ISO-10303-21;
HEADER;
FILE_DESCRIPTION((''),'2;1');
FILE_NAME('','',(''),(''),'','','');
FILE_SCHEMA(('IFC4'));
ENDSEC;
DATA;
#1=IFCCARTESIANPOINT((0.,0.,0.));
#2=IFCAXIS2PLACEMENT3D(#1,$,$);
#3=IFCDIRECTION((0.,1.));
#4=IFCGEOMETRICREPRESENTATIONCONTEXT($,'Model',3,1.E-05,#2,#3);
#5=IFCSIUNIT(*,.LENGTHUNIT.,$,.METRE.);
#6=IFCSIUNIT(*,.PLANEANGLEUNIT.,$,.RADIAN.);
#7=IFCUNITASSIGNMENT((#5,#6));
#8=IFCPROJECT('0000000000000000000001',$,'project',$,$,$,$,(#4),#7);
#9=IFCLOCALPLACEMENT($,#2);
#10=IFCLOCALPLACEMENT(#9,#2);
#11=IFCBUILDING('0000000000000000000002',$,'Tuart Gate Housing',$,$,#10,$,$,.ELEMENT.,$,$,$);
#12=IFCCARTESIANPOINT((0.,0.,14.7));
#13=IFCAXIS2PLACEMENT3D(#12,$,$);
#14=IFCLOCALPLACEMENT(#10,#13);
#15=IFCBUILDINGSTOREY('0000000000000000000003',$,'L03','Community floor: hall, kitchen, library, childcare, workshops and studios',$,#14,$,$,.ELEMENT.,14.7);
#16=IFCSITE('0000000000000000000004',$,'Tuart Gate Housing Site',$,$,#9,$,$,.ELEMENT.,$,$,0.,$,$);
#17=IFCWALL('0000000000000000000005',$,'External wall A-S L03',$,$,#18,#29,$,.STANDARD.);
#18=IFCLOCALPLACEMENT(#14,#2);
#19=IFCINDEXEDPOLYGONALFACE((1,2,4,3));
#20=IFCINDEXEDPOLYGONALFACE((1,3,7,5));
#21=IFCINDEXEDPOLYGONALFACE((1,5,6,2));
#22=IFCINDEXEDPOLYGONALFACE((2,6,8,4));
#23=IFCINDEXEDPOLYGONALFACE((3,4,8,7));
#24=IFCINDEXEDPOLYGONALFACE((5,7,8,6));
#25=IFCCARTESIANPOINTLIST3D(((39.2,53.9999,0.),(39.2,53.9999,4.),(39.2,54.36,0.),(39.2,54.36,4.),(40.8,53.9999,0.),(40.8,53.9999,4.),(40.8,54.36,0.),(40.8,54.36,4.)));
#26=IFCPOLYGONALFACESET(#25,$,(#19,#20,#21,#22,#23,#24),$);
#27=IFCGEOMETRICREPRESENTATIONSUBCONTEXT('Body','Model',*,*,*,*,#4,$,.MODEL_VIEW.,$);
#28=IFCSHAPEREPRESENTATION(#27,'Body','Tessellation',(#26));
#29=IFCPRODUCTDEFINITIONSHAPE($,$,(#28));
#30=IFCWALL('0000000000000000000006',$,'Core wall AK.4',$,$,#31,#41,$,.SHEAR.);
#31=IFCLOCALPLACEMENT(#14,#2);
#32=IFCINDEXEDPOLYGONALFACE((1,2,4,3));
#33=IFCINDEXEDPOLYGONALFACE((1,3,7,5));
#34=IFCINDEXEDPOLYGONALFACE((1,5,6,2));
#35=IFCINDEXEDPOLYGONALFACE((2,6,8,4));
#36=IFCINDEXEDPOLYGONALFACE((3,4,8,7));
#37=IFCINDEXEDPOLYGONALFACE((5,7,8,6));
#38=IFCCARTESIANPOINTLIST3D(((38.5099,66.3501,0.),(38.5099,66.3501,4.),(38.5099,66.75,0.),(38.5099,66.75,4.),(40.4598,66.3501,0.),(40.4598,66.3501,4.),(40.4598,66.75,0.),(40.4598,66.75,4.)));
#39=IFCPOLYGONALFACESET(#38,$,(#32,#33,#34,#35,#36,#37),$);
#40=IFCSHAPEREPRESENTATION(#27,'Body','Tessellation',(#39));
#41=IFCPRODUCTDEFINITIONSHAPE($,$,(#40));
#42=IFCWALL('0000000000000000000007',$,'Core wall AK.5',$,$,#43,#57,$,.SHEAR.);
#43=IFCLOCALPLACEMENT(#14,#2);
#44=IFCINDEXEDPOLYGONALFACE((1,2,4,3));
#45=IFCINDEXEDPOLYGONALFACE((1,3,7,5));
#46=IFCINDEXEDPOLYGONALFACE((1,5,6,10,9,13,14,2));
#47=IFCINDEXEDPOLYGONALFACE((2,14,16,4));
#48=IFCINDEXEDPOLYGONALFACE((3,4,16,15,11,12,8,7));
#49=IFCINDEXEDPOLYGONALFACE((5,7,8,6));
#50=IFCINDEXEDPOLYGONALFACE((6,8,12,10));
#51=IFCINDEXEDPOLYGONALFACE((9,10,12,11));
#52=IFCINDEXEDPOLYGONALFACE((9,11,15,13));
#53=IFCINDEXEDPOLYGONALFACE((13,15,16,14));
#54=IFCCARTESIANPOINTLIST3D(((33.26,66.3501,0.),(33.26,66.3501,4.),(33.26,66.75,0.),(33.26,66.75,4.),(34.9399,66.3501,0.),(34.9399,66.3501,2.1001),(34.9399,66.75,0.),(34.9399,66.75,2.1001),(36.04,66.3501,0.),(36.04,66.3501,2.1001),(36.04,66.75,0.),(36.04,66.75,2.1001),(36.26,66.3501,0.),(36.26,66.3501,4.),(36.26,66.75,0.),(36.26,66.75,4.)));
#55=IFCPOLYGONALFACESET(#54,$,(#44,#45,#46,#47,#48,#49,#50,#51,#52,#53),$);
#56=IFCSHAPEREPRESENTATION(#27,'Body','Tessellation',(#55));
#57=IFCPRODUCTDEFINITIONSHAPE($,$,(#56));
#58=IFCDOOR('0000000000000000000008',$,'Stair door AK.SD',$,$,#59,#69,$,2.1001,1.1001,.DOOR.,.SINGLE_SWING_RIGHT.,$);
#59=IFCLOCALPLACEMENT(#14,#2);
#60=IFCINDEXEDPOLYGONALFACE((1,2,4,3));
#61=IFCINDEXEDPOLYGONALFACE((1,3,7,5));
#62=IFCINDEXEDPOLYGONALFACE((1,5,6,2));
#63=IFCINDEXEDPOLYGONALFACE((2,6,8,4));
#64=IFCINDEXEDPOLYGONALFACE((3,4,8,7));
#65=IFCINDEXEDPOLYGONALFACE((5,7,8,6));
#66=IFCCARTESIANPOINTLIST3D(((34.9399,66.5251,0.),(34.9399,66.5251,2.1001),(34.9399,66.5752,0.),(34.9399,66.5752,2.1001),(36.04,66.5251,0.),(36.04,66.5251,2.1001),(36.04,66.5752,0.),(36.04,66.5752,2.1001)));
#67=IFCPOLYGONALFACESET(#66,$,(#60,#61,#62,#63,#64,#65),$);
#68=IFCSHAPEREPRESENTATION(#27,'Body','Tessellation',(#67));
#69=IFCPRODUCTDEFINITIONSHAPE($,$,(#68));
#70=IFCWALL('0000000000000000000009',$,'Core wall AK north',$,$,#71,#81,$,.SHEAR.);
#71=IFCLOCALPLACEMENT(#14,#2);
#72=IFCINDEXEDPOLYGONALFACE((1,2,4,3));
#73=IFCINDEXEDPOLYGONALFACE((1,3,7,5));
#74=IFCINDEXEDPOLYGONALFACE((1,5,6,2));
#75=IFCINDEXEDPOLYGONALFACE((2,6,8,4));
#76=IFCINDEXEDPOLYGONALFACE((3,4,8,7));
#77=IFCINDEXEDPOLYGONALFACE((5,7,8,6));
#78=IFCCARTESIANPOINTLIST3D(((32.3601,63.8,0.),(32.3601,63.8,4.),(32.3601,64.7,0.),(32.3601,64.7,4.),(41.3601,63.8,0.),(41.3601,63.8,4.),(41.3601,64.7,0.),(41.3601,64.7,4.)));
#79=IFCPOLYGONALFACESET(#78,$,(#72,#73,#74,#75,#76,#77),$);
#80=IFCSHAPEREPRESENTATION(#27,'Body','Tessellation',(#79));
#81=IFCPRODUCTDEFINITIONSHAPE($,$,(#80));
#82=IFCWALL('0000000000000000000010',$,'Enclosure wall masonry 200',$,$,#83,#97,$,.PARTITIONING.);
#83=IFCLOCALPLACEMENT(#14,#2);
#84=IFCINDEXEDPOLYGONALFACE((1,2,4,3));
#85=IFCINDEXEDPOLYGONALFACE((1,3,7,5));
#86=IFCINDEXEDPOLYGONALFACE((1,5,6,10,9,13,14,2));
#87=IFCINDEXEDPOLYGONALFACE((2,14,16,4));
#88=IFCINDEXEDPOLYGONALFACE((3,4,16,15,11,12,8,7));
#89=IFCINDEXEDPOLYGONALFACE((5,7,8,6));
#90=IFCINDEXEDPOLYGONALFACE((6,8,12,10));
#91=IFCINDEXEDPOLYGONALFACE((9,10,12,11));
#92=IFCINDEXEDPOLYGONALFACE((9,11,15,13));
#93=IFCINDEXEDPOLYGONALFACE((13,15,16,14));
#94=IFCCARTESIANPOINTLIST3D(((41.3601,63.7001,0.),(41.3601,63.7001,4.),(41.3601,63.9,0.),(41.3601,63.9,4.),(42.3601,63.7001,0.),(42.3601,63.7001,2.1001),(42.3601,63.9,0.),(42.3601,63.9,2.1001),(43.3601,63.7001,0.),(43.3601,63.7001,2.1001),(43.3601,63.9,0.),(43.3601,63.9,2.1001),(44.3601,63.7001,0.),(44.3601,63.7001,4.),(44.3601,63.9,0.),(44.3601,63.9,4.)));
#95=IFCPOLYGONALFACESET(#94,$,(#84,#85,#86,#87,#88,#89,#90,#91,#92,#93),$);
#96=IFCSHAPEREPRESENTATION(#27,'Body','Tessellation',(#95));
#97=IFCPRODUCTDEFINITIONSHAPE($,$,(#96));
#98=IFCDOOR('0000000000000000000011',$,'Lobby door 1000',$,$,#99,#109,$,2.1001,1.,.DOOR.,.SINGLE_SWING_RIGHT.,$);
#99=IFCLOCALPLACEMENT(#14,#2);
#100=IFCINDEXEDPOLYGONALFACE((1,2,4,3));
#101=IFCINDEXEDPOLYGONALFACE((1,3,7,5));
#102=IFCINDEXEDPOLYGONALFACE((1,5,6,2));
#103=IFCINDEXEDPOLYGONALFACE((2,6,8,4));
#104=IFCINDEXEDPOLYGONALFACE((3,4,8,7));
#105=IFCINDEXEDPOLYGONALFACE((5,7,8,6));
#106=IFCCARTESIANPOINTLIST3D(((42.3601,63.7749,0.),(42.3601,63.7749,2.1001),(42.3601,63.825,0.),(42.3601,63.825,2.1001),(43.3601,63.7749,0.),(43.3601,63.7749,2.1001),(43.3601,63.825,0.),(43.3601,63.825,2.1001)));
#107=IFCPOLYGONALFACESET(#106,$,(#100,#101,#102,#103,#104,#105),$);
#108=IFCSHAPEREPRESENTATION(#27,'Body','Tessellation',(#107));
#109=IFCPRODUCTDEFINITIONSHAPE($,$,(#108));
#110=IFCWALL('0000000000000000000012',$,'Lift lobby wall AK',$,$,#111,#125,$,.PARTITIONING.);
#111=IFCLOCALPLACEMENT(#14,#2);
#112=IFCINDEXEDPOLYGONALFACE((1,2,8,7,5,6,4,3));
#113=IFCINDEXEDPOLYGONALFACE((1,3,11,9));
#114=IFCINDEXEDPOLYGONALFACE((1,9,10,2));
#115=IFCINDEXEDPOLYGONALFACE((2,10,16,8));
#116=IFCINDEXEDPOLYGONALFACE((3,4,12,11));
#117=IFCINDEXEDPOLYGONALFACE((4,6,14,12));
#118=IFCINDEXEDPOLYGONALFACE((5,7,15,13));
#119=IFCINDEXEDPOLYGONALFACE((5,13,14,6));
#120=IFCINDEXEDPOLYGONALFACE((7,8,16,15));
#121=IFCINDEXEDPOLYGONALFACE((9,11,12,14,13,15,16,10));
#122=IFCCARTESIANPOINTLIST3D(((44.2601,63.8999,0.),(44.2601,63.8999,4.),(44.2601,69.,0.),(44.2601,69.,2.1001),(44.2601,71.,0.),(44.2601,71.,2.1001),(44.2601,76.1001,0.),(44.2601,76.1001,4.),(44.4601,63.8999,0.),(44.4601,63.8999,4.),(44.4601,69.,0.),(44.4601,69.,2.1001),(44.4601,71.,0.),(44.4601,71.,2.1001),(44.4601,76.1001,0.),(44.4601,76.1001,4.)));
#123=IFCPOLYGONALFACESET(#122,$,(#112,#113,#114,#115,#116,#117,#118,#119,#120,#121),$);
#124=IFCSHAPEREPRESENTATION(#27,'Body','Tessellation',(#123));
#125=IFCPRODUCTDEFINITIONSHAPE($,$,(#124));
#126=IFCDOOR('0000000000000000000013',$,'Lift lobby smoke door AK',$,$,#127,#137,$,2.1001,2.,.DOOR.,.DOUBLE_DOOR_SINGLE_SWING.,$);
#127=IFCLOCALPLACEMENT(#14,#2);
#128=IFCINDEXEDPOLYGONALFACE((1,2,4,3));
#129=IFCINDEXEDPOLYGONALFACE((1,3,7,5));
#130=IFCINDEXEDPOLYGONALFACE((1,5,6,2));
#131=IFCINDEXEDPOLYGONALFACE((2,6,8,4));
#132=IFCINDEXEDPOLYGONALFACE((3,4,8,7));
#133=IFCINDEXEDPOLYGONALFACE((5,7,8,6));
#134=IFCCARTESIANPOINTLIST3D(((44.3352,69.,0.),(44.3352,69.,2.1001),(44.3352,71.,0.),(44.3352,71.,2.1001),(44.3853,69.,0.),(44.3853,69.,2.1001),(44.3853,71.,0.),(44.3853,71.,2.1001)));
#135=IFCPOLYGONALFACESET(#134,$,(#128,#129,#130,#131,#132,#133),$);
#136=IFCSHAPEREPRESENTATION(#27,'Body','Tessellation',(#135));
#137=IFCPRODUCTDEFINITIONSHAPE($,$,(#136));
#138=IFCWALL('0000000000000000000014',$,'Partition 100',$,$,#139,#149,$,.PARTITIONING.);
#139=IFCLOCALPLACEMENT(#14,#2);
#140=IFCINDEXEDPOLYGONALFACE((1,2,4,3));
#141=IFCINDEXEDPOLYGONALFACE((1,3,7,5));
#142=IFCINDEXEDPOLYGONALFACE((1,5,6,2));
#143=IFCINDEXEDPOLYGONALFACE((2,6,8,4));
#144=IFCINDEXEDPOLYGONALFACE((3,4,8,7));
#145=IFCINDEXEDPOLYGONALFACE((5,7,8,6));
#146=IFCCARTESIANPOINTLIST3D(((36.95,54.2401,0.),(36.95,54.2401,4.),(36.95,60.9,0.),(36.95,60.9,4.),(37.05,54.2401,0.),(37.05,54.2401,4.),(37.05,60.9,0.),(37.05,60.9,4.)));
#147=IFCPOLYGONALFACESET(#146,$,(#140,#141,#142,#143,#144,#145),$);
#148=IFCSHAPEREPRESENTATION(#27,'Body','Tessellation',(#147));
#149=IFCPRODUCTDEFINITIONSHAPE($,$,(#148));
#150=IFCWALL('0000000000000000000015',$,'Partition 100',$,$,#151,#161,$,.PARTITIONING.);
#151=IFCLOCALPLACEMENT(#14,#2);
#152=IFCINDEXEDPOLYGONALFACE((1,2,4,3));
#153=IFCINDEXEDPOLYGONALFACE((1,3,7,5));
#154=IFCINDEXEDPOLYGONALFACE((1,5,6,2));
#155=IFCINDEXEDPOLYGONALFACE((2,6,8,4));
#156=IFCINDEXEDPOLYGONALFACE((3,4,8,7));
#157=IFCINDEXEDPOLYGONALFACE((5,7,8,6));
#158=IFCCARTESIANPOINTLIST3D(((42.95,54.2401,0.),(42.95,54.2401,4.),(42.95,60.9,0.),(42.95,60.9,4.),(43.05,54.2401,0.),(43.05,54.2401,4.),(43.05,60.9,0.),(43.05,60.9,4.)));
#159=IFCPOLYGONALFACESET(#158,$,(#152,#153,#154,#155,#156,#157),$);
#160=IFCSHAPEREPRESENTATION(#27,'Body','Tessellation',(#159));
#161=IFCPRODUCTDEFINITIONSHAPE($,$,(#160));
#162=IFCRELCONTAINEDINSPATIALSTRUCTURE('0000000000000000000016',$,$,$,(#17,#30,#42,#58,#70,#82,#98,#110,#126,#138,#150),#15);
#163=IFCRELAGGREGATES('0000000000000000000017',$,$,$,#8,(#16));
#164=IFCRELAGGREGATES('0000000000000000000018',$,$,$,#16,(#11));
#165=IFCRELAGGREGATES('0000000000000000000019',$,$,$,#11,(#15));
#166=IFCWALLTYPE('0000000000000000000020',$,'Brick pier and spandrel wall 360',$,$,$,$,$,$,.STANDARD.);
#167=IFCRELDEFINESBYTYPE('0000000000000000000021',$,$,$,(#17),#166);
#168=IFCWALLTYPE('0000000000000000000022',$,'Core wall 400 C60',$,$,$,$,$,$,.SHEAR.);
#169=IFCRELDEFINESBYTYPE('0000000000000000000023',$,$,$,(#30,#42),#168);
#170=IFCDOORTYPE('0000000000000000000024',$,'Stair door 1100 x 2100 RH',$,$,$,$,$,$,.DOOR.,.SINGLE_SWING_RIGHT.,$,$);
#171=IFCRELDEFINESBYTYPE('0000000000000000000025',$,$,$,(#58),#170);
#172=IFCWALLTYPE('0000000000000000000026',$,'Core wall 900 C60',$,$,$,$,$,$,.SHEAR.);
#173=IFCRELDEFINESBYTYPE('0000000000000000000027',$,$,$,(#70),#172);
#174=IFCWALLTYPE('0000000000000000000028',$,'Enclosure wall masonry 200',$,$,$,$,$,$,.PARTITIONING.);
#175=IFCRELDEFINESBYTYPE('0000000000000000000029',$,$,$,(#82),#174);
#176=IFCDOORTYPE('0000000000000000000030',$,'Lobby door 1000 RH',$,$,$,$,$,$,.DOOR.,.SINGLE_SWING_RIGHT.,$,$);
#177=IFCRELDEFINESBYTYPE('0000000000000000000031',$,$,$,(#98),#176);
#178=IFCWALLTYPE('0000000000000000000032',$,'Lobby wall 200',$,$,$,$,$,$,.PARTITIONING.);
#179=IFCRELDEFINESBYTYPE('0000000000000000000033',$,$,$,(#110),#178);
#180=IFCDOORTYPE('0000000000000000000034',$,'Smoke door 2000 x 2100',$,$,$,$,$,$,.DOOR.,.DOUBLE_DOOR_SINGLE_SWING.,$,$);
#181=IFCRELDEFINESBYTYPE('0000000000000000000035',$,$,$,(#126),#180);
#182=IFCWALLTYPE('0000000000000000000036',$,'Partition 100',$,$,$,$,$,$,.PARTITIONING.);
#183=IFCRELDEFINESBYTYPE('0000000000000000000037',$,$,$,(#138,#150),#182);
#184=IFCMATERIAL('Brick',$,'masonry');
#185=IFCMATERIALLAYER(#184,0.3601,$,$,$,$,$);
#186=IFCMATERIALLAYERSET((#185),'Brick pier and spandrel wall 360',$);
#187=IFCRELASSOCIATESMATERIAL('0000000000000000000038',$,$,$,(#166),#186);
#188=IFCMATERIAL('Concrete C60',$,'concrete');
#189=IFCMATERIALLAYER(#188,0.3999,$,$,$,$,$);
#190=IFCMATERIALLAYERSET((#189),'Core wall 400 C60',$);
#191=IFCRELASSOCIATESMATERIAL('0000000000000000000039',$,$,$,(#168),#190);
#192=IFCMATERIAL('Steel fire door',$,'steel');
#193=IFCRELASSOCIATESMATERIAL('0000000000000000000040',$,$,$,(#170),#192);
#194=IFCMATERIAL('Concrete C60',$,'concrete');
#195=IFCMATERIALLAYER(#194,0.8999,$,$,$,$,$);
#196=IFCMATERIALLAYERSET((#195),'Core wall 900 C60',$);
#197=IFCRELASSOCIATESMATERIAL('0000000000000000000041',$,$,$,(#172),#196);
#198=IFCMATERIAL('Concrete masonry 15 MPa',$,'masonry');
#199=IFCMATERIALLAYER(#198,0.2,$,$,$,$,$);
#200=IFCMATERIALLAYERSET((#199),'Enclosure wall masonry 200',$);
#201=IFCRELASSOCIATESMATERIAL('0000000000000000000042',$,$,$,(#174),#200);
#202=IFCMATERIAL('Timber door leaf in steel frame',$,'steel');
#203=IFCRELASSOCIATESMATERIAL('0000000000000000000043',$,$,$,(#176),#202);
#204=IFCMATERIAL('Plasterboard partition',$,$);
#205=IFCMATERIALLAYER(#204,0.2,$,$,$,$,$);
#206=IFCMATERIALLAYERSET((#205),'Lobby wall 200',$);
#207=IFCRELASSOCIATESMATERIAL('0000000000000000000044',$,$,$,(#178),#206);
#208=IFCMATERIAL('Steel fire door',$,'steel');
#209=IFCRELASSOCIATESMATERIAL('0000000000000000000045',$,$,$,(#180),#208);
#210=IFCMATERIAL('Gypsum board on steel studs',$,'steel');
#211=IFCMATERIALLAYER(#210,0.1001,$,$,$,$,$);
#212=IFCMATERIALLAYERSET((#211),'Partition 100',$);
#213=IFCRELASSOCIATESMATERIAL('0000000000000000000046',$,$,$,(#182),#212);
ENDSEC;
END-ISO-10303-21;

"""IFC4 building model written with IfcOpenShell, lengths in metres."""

from ifc_helpers import new_model, si_unit, direction, frame, frame_2d, origin, place, context, subcontext, project, spatial, rectangle, extrude, material, layer, layer_set, type_object, element, fill, save


model = new_model("IFC4")

# Units and contexts
model_context = context("Model", 3, precision=1e-05, world=origin(), true_north=direction((0.0, 1.0)))
body_context = subcontext(model_context, "Body", "Model", "MODEL_VIEW")
ifc_project = project(units=[si_unit("LENGTHUNIT", "METRE"), si_unit("PLANEANGLEUNIT", "RADIAN")], contexts=[model_context])

# Site, building, storey
site_placement = place(None, origin())
site = spatial("IfcSite", under=ifc_project, at=site_placement, Name="Tuart Gate Housing Site", CompositionType="ELEMENT", RefElevation=0.0)
building_placement = place(site_placement, origin())
building = spatial("IfcBuilding", under=site, at=building_placement, Name="Tuart Gate Housing", CompositionType="ELEMENT")
storey_placement = place(building_placement, frame((0.0, 0.0, 14.7)))
storey = spatial("IfcBuildingStorey", under=building, at=storey_placement, Name="L03", Description="Community floor: hall, kitchen, library, childcare, workshops and studios", CompositionType="ELEMENT", Elevation=14.7)

# Walls
ifc_material_1 = material(Name="Brick", Category="masonry")
ifc_layer_1 = layer(ifc_material_1, 0.3601)
ifc_layer_set_1 = layer_set([ifc_layer_1], Name="Brick pier and spandrel wall 360")
wall_type_1 = type_object("IfcWallType", Name="Brick pier and spandrel wall 360", PredefinedType="STANDARD", material=ifc_layer_set_1)
wall_1_placement = place(storey_placement, frame((39.2, 54.1799, 0.0), z_axis=(0.0, 0.0, 1.0), x_axis=(1.0, 0.0, 0.0)))
element("IfcWall", 1, at=wall_1_placement, inside=storey, type_object=wall_type_1, Name="External wall A-S L03", PredefinedType="STANDARD", context=body_context, shape_type="SweptSolid", body=[
    extrude(rectangle(XDim=1.6001, YDim=0.3601, at=frame_2d((0.8, 0.0))), origin(), (0.0, 0.0, 1.0), 4.0),
])
ifc_material_2 = material(Name="Concrete C60", Category="concrete")
ifc_layer_2 = layer(ifc_material_2, 0.3999)
ifc_layer_set_2 = layer_set([ifc_layer_2], Name="Core wall 400 C60")
wall_type_2 = type_object("IfcWallType", Name="Core wall 400 C60", PredefinedType="SHEAR", material=ifc_layer_set_2)
wall_2_placement = place(storey_placement, frame((40.46, 66.55, 0.0), z_axis=(0.0, 0.0, 1.0), x_axis=(-1.0, 0.0, 0.0)))
element("IfcWall", 2, at=wall_2_placement, inside=storey, type_object=wall_type_2, Name="Core wall AK.4", PredefinedType="SHEAR", context=body_context, shape_type="SweptSolid", body=[
    extrude(rectangle(XDim=1.95, YDim=0.3999, at=frame_2d((0.9751, 0.0))), origin(), (0.0, 0.0, 1.0), 4.0),
])

# Wall, opening, door
wall_3_placement = place(storey_placement, frame((36.26, 66.55, 0.0), z_axis=(0.0, 0.0, 1.0), x_axis=(-1.0, 0.0, 0.0)))
wall_3 = element("IfcWall", 3, at=wall_3_placement, inside=storey, type_object=wall_type_2, Name="Core wall AK.5", PredefinedType="SHEAR", context=body_context, shape_type="SweptSolid", body=[
    extrude(rectangle(XDim=3.0, YDim=0.3999, at=frame_2d((1.5, 0.0))), origin(), (0.0, 0.0, 1.0), 4.0),
])
opening_1_placement = place(wall_3_placement, frame((0.22, 0.0, 0.0)))
opening_1 = element("IfcOpeningElement", 4, at=opening_1_placement, cuts=wall_3, PredefinedType="OPENING", context=body_context, shape_type="SweptSolid", body=[
    extrude(rectangle(XDim=1.1001, YDim=2.1001, at=frame_2d((0.55, 1.05))), frame((0.0, 0.21, 0.0), z_axis=(0.0, -1.0, 0.0), x_axis=(1.0, 0.0, 0.0)), (0.0, 0.0, 1.0), 0.4199),
])
ifc_material_3 = material(Name="Steel fire door", Category="steel")
door_type_1 = type_object("IfcDoorType", Name="Stair door 1100 x 2100 RH", OperationType="SINGLE_SWING_RIGHT", PredefinedType="DOOR", material=ifc_material_3)
door_1_placement = place(opening_1_placement, frame((1.1001, 0.0, 0.0), z_axis=(0.0, 0.0, 1.0), x_axis=(-1.0, 0.0, 0.0)))
door_1 = element("IfcDoor", 5, at=door_1_placement, inside=storey, type_object=door_type_1, Name="Stair door AK.SD", OperationType="SINGLE_SWING_RIGHT", OverallHeight=2.1001, OverallWidth=1.1001, PredefinedType="DOOR", context=body_context, shape_type="SweptSolid", body=[
    extrude(rectangle(XDim=1.1001, YDim=2.1001, at=frame_2d((0.55, 1.05))), frame((0.0, 0.0251, 0.0), z_axis=(0.0, -1.0, 0.0), x_axis=(1.0, 0.0, 0.0)), (0.0, 0.0, 1.0), 0.05),
])
fill(opening_1, door_1)

# Wall
ifc_material_4 = material(Name="Concrete C60", Category="concrete")
ifc_layer_3 = layer(ifc_material_4, 0.8999)
ifc_layer_set_3 = layer_set([ifc_layer_3], Name="Core wall 900 C60")
wall_type_3 = type_object("IfcWallType", Name="Core wall 900 C60", PredefinedType="SHEAR", material=ifc_layer_set_3)
wall_4_placement = place(storey_placement, frame((41.3601, 64.25, 0.0), z_axis=(0.0, 0.0, 1.0), x_axis=(-1.0, 0.0, 0.0)))
element("IfcWall", 6, at=wall_4_placement, inside=storey, type_object=wall_type_3, Name="Core wall AK north", PredefinedType="SHEAR", context=body_context, shape_type="SweptSolid", body=[
    extrude(rectangle(XDim=9.0, YDim=0.8999, at=frame_2d((4.5, 0.0))), origin(), (0.0, 0.0, 1.0), 4.0),
])

# Walls, openings, doors
ifc_material_5 = material(Name="Concrete masonry 15 MPa", Category="masonry")
ifc_layer_4 = layer(ifc_material_5, 0.2)
ifc_layer_set_4 = layer_set([ifc_layer_4], Name="Enclosure wall masonry 200")
wall_type_4 = type_object("IfcWallType", Name="Enclosure wall masonry 200", PredefinedType="PARTITIONING", material=ifc_layer_set_4)
wall_5_placement = place(storey_placement, frame((41.3601, 63.8, 0.0), z_axis=(0.0, 0.0, 1.0), x_axis=(1.0, 0.0, 0.0)))
wall_5 = element("IfcWall", 7, at=wall_5_placement, inside=storey, type_object=wall_type_4, Name="Enclosure wall masonry 200", PredefinedType="PARTITIONING", context=body_context, shape_type="SweptSolid", body=[
    extrude(rectangle(XDim=3.0, YDim=0.2, at=frame_2d((1.5, 0.0))), origin(), (0.0, 0.0, 1.0), 4.0),
])
opening_2_placement = place(wall_5_placement, frame((1.0, 0.0, 0.0)))
opening_2 = element("IfcOpeningElement", 8, at=opening_2_placement, cuts=wall_5, PredefinedType="OPENING", context=body_context, shape_type="SweptSolid", body=[
    extrude(rectangle(XDim=1.0, YDim=2.1001, at=frame_2d((0.5, 1.05))), frame((0.0, 0.1099, 0.0), z_axis=(0.0, -1.0, 0.0), x_axis=(1.0, 0.0, 0.0)), (0.0, 0.0, 1.0), 0.22),
])
ifc_material_6 = material(Name="Timber door leaf in steel frame", Category="steel")
door_type_2 = type_object("IfcDoorType", Name="Lobby door 1000 RH", OperationType="SINGLE_SWING_RIGHT", PredefinedType="DOOR", material=ifc_material_6)
door_2_placement = place(opening_2_placement, origin())
door_2 = element("IfcDoor", 9, at=door_2_placement, inside=storey, type_object=door_type_2, Name="Lobby door 1000", OperationType="SINGLE_SWING_RIGHT", OverallHeight=2.1001, OverallWidth=1.0, PredefinedType="DOOR", context=body_context, shape_type="SweptSolid", body=[
    extrude(rectangle(XDim=1.0, YDim=2.1001, at=frame_2d((0.5, 1.05))), frame((0.0, 0.0249, 0.0), z_axis=(0.0, -1.0, 0.0), x_axis=(1.0, 0.0, 0.0)), (0.0, 0.0, 1.0), 0.05),
])
fill(opening_2, door_2)
ifc_material_7 = material(Name="Plasterboard partition")
ifc_layer_5 = layer(ifc_material_7, 0.2)
ifc_layer_set_5 = layer_set([ifc_layer_5], Name="Lobby wall 200")
wall_type_5 = type_object("IfcWallType", Name="Lobby wall 200", PredefinedType="PARTITIONING", material=ifc_layer_set_5)
wall_6_placement = place(storey_placement, frame((44.3601, 63.8999, 0.0), z_axis=(0.0, 0.0, 1.0), x_axis=(0.0, 1.0, 0.0)))
wall_6 = element("IfcWall", 10, at=wall_6_placement, inside=storey, type_object=wall_type_5, Name="Lift lobby wall AK", PredefinedType="PARTITIONING", context=body_context, shape_type="SweptSolid", body=[
    extrude(rectangle(XDim=12.2002, YDim=0.2, at=frame_2d((6.1001, 0.0))), origin(), (0.0, 0.0, 1.0), 4.0),
])
opening_3_placement = place(wall_6_placement, frame((5.1001, 0.0, 0.0)))
opening_3 = element("IfcOpeningElement", 11, at=opening_3_placement, cuts=wall_6, PredefinedType="OPENING", context=body_context, shape_type="SweptSolid", body=[
    extrude(rectangle(XDim=2.0, YDim=2.1001, at=frame_2d((1.0, 1.05))), frame((0.0, 0.1099, 0.0), z_axis=(0.0, -1.0, 0.0), x_axis=(1.0, 0.0, 0.0)), (0.0, 0.0, 1.0), 0.22),
])
ifc_material_8 = material(Name="Steel fire door", Category="steel")
door_type_3 = type_object("IfcDoorType", Name="Smoke door 2000 x 2100", OperationType="DOUBLE_DOOR_SINGLE_SWING", PredefinedType="DOOR", material=ifc_material_8)
door_3_placement = place(opening_3_placement, origin())
door_3 = element("IfcDoor", 12, at=door_3_placement, inside=storey, type_object=door_type_3, Name="Lift lobby smoke door AK", OperationType="DOUBLE_DOOR_SINGLE_SWING", OverallHeight=2.1001, OverallWidth=2.0, PredefinedType="DOOR", context=body_context, shape_type="SweptSolid", body=[
    extrude(rectangle(XDim=2.0, YDim=2.1001, at=frame_2d((1.0, 1.05))), frame((0.0, 0.0249, 0.0), z_axis=(0.0, -1.0, 0.0), x_axis=(1.0, 0.0, 0.0)), (0.0, 0.0, 1.0), 0.05),
])
fill(opening_3, door_3)

# Walls
ifc_material_9 = material(Name="Gypsum board on steel studs", Category="steel")
ifc_layer_6 = layer(ifc_material_9, 0.1001)
ifc_layer_set_6 = layer_set([ifc_layer_6], Name="Partition 100")
wall_type_6 = type_object("IfcWallType", Name="Partition 100", PredefinedType="PARTITIONING", material=ifc_layer_set_6)
for number, where, z_axis, x_axis, name in (
    (13, (37.0, 54.24, 0.0), (0.0, 0.0, 1.0), (0.0, 1.0, 0.0), "Partition 100"),
    (14, (43.0, 54.24, 0.0), (0.0, 0.0, 1.0), (0.0, 1.0, 0.0), "Partition 100"),
):
    element("IfcWall", number, at=place(storey_placement, frame(where, z_axis=z_axis, x_axis=x_axis)), inside=storey, type_object=wall_type_6, Name=name, PredefinedType="PARTITIONING", context=body_context, shape_type="SweptSolid", body=[
        extrude(rectangle(XDim=6.6599, YDim=0.1001, at=frame_2d((3.3301, 0.0))), origin(), (0.0, 0.0, 1.0), 4.0),
    ])

save(model, "model.ifc")
